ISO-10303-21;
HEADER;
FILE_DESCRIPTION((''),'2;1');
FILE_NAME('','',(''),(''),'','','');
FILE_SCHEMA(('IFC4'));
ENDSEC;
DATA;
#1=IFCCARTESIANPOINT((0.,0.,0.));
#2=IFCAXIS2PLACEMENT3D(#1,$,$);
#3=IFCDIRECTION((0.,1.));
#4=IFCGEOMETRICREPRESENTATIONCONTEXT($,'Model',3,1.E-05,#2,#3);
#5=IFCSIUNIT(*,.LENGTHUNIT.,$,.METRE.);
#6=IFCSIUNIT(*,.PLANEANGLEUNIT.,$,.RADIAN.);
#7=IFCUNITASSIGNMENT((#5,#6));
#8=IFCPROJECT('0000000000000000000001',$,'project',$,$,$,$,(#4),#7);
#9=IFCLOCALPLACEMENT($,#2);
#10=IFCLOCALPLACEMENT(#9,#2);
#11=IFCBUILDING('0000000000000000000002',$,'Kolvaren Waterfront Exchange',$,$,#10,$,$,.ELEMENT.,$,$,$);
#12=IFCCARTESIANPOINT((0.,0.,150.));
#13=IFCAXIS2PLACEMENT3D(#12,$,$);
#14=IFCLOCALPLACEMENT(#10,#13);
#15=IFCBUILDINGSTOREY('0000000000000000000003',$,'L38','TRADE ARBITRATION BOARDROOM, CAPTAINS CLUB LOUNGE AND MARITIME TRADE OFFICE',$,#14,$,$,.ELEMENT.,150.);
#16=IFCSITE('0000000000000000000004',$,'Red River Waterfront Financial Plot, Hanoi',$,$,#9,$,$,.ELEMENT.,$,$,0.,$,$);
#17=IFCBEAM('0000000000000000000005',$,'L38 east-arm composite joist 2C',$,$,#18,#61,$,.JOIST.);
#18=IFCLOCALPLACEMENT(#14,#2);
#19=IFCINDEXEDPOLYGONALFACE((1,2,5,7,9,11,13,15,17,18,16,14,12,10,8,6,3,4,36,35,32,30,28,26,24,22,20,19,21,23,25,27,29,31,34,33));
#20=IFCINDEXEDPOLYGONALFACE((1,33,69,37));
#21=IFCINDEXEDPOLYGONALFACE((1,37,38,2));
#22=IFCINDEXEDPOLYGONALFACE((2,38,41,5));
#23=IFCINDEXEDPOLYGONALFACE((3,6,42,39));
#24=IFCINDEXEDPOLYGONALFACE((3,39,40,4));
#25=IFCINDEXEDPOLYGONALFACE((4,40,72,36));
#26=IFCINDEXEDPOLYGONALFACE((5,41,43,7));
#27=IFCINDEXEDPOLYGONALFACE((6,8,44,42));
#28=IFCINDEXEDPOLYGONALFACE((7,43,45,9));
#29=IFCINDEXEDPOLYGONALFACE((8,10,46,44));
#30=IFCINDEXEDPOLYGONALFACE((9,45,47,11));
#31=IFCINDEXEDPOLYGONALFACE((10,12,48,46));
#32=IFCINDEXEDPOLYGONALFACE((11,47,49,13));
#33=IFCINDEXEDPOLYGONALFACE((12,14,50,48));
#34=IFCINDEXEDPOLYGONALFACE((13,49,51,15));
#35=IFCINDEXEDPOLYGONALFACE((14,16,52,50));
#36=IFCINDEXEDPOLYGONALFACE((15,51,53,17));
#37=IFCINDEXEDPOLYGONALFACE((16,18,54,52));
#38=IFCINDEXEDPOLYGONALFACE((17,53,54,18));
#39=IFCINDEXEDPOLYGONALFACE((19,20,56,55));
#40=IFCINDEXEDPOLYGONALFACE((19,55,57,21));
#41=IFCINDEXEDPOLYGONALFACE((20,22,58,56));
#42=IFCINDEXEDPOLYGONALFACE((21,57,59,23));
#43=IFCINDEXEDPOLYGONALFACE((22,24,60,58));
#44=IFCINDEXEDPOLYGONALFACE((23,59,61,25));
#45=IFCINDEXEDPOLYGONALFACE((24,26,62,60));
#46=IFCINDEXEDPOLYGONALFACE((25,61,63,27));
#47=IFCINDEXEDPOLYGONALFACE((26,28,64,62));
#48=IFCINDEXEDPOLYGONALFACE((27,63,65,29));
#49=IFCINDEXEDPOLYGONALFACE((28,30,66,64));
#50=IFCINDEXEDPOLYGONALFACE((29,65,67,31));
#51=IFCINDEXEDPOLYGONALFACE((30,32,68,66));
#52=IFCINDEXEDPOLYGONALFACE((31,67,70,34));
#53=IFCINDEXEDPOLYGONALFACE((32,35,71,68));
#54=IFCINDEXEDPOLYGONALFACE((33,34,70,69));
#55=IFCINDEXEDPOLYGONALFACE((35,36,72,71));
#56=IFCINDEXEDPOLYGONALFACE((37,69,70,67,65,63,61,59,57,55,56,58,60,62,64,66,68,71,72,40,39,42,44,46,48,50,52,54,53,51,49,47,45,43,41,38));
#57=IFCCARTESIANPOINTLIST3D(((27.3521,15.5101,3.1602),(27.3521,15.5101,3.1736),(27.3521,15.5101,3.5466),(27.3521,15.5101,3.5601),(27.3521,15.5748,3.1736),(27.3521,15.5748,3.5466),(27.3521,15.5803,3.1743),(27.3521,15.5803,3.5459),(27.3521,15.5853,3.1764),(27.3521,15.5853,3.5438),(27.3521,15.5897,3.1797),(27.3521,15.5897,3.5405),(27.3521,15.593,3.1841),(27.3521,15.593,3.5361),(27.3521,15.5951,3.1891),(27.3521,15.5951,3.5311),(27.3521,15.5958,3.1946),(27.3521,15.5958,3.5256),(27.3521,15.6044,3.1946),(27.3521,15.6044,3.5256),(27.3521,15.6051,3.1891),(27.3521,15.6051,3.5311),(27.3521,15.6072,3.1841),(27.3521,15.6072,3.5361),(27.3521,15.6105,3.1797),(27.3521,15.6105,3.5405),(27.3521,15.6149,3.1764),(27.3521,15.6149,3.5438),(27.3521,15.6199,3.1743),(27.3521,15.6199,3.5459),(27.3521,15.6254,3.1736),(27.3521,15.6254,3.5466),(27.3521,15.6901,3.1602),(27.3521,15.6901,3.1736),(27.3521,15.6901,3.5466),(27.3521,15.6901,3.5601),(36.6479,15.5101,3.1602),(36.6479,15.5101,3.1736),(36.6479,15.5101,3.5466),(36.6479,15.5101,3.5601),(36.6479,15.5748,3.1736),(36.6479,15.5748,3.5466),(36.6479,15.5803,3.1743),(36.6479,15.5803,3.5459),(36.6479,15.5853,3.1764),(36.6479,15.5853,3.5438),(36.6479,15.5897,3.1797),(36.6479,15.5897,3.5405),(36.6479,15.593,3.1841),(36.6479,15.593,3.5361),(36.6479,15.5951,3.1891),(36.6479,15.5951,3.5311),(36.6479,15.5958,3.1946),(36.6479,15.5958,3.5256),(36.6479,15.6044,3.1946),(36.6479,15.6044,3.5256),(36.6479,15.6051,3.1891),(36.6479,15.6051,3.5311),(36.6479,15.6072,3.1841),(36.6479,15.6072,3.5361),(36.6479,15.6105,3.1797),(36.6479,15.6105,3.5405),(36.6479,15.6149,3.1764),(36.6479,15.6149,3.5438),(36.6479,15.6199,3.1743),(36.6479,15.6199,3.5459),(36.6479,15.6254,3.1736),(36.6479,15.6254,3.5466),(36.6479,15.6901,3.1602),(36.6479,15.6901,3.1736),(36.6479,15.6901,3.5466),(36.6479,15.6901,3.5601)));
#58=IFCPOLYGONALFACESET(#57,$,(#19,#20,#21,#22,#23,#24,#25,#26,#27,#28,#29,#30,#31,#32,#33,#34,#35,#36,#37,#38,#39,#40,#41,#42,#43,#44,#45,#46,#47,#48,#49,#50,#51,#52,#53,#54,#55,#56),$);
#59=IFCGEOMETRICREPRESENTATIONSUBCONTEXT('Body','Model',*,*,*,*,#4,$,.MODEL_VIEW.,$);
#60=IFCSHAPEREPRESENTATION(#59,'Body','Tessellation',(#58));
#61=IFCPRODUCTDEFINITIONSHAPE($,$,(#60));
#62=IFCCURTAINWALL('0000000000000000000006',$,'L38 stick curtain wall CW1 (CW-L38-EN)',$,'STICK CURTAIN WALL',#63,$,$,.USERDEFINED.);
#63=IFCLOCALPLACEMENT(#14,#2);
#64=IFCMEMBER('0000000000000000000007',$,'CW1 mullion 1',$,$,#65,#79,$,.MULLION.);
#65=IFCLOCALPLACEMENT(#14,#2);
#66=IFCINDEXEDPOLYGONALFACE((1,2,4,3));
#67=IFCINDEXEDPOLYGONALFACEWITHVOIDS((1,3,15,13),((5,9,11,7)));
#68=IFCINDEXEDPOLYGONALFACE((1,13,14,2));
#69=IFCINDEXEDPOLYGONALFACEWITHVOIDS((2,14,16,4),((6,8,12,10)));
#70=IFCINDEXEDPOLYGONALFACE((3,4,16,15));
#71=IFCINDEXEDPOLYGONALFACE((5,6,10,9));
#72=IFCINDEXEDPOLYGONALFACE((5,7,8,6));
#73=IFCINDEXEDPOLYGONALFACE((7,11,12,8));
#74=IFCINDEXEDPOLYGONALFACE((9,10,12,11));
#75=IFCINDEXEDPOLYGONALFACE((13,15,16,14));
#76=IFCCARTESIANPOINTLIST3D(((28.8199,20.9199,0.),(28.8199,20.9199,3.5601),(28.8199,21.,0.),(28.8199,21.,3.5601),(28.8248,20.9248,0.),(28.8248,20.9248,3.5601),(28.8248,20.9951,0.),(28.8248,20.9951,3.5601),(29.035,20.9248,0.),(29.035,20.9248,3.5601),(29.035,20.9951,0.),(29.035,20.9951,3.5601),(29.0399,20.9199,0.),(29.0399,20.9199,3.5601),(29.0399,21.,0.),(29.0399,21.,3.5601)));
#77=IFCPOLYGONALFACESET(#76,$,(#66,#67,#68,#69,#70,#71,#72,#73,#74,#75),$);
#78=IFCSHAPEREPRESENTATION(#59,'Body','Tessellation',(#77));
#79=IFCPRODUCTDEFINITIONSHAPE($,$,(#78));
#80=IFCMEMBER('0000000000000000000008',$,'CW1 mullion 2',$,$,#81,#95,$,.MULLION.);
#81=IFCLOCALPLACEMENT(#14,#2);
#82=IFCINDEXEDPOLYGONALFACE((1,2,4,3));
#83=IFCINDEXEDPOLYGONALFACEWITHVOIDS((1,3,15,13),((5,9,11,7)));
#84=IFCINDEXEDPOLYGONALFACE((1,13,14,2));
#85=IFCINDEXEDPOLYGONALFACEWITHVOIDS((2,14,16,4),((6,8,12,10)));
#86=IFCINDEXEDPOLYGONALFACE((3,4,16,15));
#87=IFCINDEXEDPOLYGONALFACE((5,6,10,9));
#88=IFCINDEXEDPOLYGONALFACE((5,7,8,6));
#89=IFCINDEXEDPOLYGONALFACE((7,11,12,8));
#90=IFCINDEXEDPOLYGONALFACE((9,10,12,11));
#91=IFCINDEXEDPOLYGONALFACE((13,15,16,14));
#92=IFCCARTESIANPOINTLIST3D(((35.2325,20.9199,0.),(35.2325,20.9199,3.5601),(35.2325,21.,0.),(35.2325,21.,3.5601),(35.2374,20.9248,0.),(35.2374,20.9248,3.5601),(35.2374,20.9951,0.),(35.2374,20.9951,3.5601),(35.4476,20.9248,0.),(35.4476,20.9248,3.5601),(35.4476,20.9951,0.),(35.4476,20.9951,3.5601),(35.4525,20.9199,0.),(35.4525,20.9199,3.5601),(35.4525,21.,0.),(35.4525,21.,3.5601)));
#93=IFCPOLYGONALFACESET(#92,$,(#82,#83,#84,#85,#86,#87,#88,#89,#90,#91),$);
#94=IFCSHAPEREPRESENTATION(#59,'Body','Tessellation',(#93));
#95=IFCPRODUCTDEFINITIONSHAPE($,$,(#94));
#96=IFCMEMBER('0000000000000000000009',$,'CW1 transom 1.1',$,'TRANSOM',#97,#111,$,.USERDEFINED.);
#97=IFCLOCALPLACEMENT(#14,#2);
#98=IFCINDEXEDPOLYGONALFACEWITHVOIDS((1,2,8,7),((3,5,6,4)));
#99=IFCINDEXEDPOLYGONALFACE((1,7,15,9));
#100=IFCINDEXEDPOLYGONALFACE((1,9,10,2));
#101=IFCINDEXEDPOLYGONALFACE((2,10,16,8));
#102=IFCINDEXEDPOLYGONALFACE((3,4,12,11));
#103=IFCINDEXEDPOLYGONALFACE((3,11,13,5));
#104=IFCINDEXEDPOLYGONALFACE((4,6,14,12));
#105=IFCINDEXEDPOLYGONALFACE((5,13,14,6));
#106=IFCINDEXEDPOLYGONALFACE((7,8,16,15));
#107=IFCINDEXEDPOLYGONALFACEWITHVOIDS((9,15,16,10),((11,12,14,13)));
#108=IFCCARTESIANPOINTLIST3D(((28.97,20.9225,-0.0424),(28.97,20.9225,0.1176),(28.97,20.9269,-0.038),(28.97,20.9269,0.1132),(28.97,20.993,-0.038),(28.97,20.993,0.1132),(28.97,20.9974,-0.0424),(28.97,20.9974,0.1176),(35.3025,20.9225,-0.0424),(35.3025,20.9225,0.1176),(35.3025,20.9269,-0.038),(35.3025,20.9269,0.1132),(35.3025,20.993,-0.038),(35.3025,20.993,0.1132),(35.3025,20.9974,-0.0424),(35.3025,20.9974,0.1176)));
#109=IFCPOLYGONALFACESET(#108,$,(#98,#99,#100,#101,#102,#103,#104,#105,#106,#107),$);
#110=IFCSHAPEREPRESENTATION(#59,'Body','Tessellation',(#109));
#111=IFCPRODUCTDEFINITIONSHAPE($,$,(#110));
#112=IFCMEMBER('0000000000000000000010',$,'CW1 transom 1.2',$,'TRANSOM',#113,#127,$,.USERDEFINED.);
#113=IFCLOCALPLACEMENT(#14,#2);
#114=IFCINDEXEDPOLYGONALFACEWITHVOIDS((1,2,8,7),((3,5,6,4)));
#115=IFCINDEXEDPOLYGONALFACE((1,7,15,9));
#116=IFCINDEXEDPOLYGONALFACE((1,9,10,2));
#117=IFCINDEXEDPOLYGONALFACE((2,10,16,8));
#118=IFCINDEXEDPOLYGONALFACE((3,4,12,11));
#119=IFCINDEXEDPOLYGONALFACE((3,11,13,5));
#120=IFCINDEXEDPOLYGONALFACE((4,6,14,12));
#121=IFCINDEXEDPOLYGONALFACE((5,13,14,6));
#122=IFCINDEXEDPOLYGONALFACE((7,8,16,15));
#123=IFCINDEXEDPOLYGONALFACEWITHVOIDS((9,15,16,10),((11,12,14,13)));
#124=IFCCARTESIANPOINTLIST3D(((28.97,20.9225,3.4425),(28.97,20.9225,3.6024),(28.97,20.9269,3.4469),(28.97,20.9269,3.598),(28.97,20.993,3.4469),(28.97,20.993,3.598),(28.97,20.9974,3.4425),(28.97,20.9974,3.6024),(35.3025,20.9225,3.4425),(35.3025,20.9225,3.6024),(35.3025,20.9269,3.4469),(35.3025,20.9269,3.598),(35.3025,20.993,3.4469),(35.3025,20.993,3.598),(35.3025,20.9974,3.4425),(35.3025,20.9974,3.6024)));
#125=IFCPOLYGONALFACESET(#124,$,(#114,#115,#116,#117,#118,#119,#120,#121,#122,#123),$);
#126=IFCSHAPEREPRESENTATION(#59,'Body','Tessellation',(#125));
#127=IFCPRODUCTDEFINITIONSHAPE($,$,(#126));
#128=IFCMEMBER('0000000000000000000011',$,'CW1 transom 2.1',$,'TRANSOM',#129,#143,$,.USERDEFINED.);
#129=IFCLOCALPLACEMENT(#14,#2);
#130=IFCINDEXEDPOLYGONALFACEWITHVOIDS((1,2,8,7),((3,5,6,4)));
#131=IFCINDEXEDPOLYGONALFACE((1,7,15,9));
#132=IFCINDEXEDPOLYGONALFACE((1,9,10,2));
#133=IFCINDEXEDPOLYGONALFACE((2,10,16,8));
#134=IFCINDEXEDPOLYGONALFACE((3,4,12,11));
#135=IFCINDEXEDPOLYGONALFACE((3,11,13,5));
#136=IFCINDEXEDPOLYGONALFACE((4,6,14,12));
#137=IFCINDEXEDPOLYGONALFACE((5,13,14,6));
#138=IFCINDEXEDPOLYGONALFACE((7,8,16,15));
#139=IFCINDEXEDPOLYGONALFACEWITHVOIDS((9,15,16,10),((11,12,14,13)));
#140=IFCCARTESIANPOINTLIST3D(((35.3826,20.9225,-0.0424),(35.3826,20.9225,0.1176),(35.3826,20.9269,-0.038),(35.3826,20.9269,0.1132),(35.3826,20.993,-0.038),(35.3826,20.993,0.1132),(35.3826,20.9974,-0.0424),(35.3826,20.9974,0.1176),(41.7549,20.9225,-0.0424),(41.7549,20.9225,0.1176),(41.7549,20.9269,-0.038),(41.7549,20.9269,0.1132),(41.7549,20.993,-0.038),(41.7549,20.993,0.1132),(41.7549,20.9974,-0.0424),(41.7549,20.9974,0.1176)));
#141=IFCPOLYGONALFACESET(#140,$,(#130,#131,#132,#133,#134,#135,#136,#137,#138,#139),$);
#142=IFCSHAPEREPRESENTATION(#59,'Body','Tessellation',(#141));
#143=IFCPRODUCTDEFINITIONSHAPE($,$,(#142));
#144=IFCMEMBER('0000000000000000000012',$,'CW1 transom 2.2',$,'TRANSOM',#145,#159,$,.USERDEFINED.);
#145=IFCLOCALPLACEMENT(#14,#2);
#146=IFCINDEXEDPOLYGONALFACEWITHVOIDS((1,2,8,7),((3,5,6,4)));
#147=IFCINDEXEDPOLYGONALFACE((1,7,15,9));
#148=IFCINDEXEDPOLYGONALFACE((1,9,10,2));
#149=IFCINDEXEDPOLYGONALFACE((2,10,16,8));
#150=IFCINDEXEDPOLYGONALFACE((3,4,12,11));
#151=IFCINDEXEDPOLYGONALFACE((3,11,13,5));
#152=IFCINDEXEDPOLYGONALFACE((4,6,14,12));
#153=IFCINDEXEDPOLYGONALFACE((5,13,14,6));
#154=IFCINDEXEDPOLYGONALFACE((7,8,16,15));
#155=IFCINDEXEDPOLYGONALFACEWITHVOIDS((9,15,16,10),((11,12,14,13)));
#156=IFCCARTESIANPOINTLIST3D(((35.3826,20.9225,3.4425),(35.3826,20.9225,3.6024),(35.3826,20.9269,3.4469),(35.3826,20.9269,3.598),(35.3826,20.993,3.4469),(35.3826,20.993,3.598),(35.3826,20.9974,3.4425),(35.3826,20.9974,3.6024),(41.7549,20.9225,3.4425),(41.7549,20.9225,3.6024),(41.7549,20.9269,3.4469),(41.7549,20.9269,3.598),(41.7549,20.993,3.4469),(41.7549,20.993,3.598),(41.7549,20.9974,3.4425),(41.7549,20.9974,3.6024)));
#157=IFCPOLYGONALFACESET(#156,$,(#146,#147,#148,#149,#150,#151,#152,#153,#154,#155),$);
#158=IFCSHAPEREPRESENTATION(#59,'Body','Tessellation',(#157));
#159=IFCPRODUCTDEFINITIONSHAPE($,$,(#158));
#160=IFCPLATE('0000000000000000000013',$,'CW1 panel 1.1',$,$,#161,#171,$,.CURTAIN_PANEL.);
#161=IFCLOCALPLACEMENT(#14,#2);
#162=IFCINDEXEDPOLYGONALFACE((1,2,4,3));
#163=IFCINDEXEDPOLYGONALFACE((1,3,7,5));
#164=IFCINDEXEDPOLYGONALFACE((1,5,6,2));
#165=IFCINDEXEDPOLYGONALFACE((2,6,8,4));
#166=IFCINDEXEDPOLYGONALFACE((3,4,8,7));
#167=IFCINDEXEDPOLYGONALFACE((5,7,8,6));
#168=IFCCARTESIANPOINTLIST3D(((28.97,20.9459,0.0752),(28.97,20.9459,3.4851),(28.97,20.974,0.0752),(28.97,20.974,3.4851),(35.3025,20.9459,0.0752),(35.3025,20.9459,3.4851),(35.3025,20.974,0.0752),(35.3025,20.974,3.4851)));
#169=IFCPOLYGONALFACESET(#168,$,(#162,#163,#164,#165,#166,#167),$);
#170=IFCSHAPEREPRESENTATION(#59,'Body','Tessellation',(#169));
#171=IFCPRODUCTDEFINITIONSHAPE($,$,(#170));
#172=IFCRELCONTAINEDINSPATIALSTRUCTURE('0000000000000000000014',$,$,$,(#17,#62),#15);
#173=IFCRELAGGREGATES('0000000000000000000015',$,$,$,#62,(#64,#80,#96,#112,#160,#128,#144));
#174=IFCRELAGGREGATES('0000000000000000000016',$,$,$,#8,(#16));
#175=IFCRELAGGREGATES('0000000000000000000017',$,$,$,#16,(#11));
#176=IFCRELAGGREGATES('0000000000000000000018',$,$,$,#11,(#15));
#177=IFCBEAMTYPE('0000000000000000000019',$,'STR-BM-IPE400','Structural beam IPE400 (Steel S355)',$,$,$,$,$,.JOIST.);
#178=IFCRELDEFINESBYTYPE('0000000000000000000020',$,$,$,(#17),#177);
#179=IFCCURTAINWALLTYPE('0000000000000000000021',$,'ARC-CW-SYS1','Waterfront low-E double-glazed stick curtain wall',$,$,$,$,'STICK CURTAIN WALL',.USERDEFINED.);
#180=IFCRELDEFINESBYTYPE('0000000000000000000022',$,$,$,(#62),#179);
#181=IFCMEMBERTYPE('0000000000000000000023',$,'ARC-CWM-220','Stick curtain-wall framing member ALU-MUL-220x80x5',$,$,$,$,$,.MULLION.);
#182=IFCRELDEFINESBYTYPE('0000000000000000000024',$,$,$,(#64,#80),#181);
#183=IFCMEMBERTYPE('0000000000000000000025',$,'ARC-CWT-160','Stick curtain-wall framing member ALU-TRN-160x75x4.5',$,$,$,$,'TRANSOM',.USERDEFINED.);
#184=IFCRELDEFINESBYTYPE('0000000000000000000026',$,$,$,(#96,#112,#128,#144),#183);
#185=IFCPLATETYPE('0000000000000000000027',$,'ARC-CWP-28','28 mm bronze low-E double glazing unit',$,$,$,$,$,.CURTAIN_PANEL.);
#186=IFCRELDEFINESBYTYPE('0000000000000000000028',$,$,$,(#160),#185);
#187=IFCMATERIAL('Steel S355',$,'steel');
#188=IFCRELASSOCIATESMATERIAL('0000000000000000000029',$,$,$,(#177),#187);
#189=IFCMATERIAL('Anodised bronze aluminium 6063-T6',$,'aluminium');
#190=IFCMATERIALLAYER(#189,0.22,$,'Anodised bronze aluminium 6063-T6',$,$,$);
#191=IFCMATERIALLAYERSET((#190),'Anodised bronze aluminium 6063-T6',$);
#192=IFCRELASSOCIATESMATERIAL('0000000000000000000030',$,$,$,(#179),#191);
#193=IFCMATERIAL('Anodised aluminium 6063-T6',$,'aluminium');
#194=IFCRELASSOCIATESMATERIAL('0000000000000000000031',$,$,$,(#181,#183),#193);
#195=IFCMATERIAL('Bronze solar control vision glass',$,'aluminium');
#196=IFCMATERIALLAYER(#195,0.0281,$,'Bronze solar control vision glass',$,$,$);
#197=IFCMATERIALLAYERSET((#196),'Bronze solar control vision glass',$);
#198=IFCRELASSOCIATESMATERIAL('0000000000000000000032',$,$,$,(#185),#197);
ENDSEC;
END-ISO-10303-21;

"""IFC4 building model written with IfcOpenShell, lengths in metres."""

from ifc_helpers import new_model, si_unit, direction, frame, origin, origin_with_axes, origin_2d, place, context, subcontext, project, spatial, rectangle, hollow_rectangle, i_section, extrude, source, transform, mapped, material, layer, layer_set, material_profile, profile_set, type_object, element, aggregate, save


model = new_model("IFC4")

# Units and contexts
model_context = context("Model", 3, precision=1e-05, world=origin(), true_north=direction((0.0, 1.0)))
body_context = subcontext(model_context, "Body", "Model", "MODEL_VIEW")
ifc_project = project(units=[si_unit("LENGTHUNIT", "METRE"), si_unit("PLANEANGLEUNIT", "RADIAN")], contexts=[model_context])

# Site, building, storey
site_placement = place(None, origin())
site = spatial("IfcSite", under=ifc_project, at=site_placement, Name="Red River Waterfront Financial Plot, Hanoi", CompositionType="ELEMENT", RefElevation=0.0)
building_placement = place(site_placement, origin())
building = spatial("IfcBuilding", under=site, at=building_placement, Name="Kolvaren Waterfront Exchange", CompositionType="ELEMENT")
storey_placement = place(building_placement, frame((0.0, 0.0, 150.0)))
storey = spatial("IfcBuildingStorey", under=building, at=storey_placement, Name="L38", Description="TRADE ARBITRATION BOARDROOM, CAPTAINS CLUB LOUNGE AND MARITIME TRADE OFFICE", CompositionType="ELEMENT", Elevation=150.0)

# Beam
ifc_material_1 = material(Name="Steel S355", Category="steel")
ifc_material_profile_1 = material_profile(ifc_material_1, i_section(OverallWidth=0.1799, OverallDepth=0.3999, WebThickness=0.0085, FlangeThickness=0.0134, FilletRadius=0.021, at=origin_2d()), Name="IPE400")
ifc_profile_set_1 = profile_set([ifc_material_profile_1], Name="Steel S355")
beam_type_1 = type_object("IfcBeamType", Name="STR-BM-IPE400", Description="Structural beam IPE400 (Steel S355)", PredefinedType="JOIST", material=ifc_profile_set_1)
for number, where, z_axis, x_axis, name in (
    (1, (27.3521, 15.6001, 3.3601), (1.0, 0.0, 0.0), (0.0, 1.0, 0.0), "L38 east-arm composite joist 2C"),
):
    element("IfcBeam", number, at=place(storey_placement, frame(where, z_axis=z_axis, x_axis=x_axis)), inside=storey, type_object=beam_type_1, Name=name, PredefinedType="JOIST", context=body_context, shape_type="SweptSolid", body=[
        extrude(i_section(OverallWidth=0.1799, OverallDepth=0.3999, WebThickness=0.0085, FlangeThickness=0.0134, FilletRadius=0.021, at=origin_2d()), origin(), (0.0, 0.0, 1.0), 9.2959),
    ])

# Curtain wall, members, plate
ifc_material_2 = material(Name="Anodised bronze aluminium 6063-T6", Category="aluminium")
ifc_layer_1 = layer(ifc_material_2, 0.22, Name="Anodised bronze aluminium 6063-T6")
ifc_layer_set_1 = layer_set([ifc_layer_1], Name="Anodised bronze aluminium 6063-T6")
curtain_wall_type = type_object("IfcCurtainWallType", Name="ARC-CW-SYS1", Description="Waterfront low-E double-glazed stick curtain wall", ElementType="STICK CURTAIN WALL", PredefinedType="USERDEFINED", material=ifc_layer_set_1)
curtain_wall_placement = place(storey_placement, origin())
curtain_wall = element("IfcCurtainWall", 2, at=curtain_wall_placement, inside=storey, type_object=curtain_wall_type, Name="L38 stick curtain wall CW1 (CW-L38-EN)", ObjectType="STICK CURTAIN WALL", PredefinedType="USERDEFINED")
ifc_material_3 = material(Name="Anodised aluminium 6063-T6", Category="aluminium")
ifc_material_profile_2 = material_profile(ifc_material_3, hollow_rectangle(XDim=0.0801, YDim=0.22, WallThickness=0.0049, at=origin_2d()), Name="ALU-MUL-220x80x5")
ifc_profile_set_2 = profile_set([ifc_material_profile_2], Name="Anodised aluminium 6063-T6")
member_type_1 = type_object("IfcMemberType", Name="ARC-CWM-220", Description="Stick curtain-wall framing member ALU-MUL-220x80x5", PredefinedType="MULLION", material=ifc_profile_set_2)
shared_shape_1 = source(origin_with_axes(), body_context, "Body", "SweptSolid", [
    extrude(hollow_rectangle(XDim=0.0801, YDim=0.22, WallThickness=0.0049, at=origin_2d()), origin(), (0.0, 0.0, 1.0), 3.5601),
])
member_1_placement = place(storey_placement, frame((28.9299, 20.96, 0.0), z_axis=(0.0, 0.0, 1.0), x_axis=(0.0, 1.0, 0.0)))
member_1 = element("IfcMember", 3, at=member_1_placement, type_object=member_type_1, Name="CW1 mullion 1", PredefinedType="MULLION", context=body_context, shape_type="MappedRepresentation", body=[
    mapped(shared_shape_1, transform((0.0, 0.0, 0.0), x_axis=(1.0, 0.0, 0.0), y_axis=(0.0, 1.0, 0.0), z_axis=(0.0, 0.0, 1.0), scale=1.0)),
])
member_2_placement = place(storey_placement, frame((35.3425, 20.96, 0.0), z_axis=(0.0, 0.0, 1.0), x_axis=(0.0, 1.0, 0.0)))
member_2 = element("IfcMember", 4, at=member_2_placement, type_object=member_type_1, Name="CW1 mullion 2", PredefinedType="MULLION", context=body_context, shape_type="MappedRepresentation", body=[
    mapped(shared_shape_1, transform((0.0, 0.0, 0.0), x_axis=(1.0, 0.0, 0.0), y_axis=(0.0, 1.0, 0.0), z_axis=(0.0, 0.0, 1.0), scale=1.0)),
])
ifc_material_profile_3 = material_profile(ifc_material_3, hollow_rectangle(XDim=0.075, YDim=0.1599, WallThickness=0.0044, at=origin_2d()), Name="ALU-TRN-160x75x4.5")
ifc_profile_set_3 = profile_set([ifc_material_profile_3], Name="Anodised aluminium 6063-T6")
member_type_2 = type_object("IfcMemberType", Name="ARC-CWT-160", Description="Stick curtain-wall framing member ALU-TRN-160x75x4.5", ElementType="TRANSOM", PredefinedType="USERDEFINED", material=ifc_profile_set_3)
shared_shape_2 = source(origin_with_axes(), body_context, "Body", "SweptSolid", [
    extrude(hollow_rectangle(XDim=0.075, YDim=0.1599, WallThickness=0.0044, at=origin_2d()), origin(), (0.0, 0.0, 1.0), 6.3325),
])
member_3_placement = place(storey_placement, frame((28.97, 20.96, 0.0376), z_axis=(1.0, 0.0, 0.0), x_axis=(0.0, 1.0, 0.0)))
member_3 = element("IfcMember", 5, at=member_3_placement, type_object=member_type_2, Name="CW1 transom 1.1", ObjectType="TRANSOM", PredefinedType="USERDEFINED", context=body_context, shape_type="MappedRepresentation", body=[
    mapped(shared_shape_2, transform((0.0, 0.0, 0.0), x_axis=(1.0, 0.0, 0.0), y_axis=(0.0, 1.0, 0.0), z_axis=(0.0, 0.0, 1.0), scale=1.0)),
])
member_4_placement = place(storey_placement, frame((28.97, 20.96, 3.5225), z_axis=(1.0, 0.0, 0.0), x_axis=(0.0, 1.0, 0.0)))
member_4 = element("IfcMember", 6, at=member_4_placement, type_object=member_type_2, Name="CW1 transom 1.2", ObjectType="TRANSOM", PredefinedType="USERDEFINED", context=body_context, shape_type="MappedRepresentation", body=[
    mapped(shared_shape_2, transform((0.0, 0.0, 0.0), x_axis=(1.0, 0.0, 0.0), y_axis=(0.0, 1.0, 0.0), z_axis=(0.0, 0.0, 1.0), scale=1.0)),
])
shared_shape_3 = source(origin_with_axes(), body_context, "Body", "SweptSolid", [
    extrude(hollow_rectangle(XDim=0.075, YDim=0.1599, WallThickness=0.0044, at=origin_2d()), origin(), (0.0, 0.0, 1.0), 6.3723),
])
member_5_placement = place(storey_placement, frame((35.3826, 20.96, 0.0376), z_axis=(1.0, 0.0, 0.0), x_axis=(0.0, 1.0, 0.0)))
member_5 = element("IfcMember", 7, at=member_5_placement, type_object=member_type_2, Name="CW1 transom 2.1", ObjectType="TRANSOM", PredefinedType="USERDEFINED", context=body_context, shape_type="MappedRepresentation", body=[
    mapped(shared_shape_3, transform((0.0, 0.0, 0.0), x_axis=(1.0, 0.0, 0.0), y_axis=(0.0, 1.0, 0.0), z_axis=(0.0, 0.0, 1.0), scale=1.0)),
])
member_6_placement = place(storey_placement, frame((35.3826, 20.96, 3.5225), z_axis=(1.0, 0.0, 0.0), x_axis=(0.0, 1.0, 0.0)))
member_6 = element("IfcMember", 8, at=member_6_placement, type_object=member_type_2, Name="CW1 transom 2.2", ObjectType="TRANSOM", PredefinedType="USERDEFINED", context=body_context, shape_type="MappedRepresentation", body=[
    mapped(shared_shape_3, transform((0.0, 0.0, 0.0), x_axis=(1.0, 0.0, 0.0), y_axis=(0.0, 1.0, 0.0), z_axis=(0.0, 0.0, 1.0), scale=1.0)),
])
ifc_material_4 = material(Name="Bronze solar control vision glass", Category="aluminium")
ifc_layer_2 = layer(ifc_material_4, 0.0281, Name="Bronze solar control vision glass")
ifc_layer_set_2 = layer_set([ifc_layer_2], Name="Bronze solar control vision glass")
plate_type = type_object("IfcPlateType", Name="ARC-CWP-28", Description="28 mm bronze low-E double glazing unit", PredefinedType="CURTAIN_PANEL", material=ifc_layer_set_2)
shared_shape_4 = source(origin_with_axes(), body_context, "Body", "SweptSolid", [
    extrude(rectangle(XDim=6.3325, YDim=0.0281, at=origin_2d()), origin(), (0.0, 0.0, 1.0), 3.4099),
])
plate_placement = place(storey_placement, frame((32.1362, 20.96, 0.0752), z_axis=(0.0, 0.0, 1.0), x_axis=(1.0, 0.0, 0.0)))
plate = element("IfcPlate", 9, at=plate_placement, type_object=plate_type, Name="CW1 panel 1.1", PredefinedType="CURTAIN_PANEL", context=body_context, shape_type="MappedRepresentation", body=[
    mapped(shared_shape_4, transform((0.0, 0.0, 0.0), x_axis=(1.0, 0.0, 0.0), y_axis=(0.0, 1.0, 0.0), z_axis=(0.0, 0.0, 1.0), scale=1.0)),
])
aggregate(curtain_wall, [member_1, member_2, member_3, member_4, plate, member_5, member_6])

save(model, "model.ifc")
